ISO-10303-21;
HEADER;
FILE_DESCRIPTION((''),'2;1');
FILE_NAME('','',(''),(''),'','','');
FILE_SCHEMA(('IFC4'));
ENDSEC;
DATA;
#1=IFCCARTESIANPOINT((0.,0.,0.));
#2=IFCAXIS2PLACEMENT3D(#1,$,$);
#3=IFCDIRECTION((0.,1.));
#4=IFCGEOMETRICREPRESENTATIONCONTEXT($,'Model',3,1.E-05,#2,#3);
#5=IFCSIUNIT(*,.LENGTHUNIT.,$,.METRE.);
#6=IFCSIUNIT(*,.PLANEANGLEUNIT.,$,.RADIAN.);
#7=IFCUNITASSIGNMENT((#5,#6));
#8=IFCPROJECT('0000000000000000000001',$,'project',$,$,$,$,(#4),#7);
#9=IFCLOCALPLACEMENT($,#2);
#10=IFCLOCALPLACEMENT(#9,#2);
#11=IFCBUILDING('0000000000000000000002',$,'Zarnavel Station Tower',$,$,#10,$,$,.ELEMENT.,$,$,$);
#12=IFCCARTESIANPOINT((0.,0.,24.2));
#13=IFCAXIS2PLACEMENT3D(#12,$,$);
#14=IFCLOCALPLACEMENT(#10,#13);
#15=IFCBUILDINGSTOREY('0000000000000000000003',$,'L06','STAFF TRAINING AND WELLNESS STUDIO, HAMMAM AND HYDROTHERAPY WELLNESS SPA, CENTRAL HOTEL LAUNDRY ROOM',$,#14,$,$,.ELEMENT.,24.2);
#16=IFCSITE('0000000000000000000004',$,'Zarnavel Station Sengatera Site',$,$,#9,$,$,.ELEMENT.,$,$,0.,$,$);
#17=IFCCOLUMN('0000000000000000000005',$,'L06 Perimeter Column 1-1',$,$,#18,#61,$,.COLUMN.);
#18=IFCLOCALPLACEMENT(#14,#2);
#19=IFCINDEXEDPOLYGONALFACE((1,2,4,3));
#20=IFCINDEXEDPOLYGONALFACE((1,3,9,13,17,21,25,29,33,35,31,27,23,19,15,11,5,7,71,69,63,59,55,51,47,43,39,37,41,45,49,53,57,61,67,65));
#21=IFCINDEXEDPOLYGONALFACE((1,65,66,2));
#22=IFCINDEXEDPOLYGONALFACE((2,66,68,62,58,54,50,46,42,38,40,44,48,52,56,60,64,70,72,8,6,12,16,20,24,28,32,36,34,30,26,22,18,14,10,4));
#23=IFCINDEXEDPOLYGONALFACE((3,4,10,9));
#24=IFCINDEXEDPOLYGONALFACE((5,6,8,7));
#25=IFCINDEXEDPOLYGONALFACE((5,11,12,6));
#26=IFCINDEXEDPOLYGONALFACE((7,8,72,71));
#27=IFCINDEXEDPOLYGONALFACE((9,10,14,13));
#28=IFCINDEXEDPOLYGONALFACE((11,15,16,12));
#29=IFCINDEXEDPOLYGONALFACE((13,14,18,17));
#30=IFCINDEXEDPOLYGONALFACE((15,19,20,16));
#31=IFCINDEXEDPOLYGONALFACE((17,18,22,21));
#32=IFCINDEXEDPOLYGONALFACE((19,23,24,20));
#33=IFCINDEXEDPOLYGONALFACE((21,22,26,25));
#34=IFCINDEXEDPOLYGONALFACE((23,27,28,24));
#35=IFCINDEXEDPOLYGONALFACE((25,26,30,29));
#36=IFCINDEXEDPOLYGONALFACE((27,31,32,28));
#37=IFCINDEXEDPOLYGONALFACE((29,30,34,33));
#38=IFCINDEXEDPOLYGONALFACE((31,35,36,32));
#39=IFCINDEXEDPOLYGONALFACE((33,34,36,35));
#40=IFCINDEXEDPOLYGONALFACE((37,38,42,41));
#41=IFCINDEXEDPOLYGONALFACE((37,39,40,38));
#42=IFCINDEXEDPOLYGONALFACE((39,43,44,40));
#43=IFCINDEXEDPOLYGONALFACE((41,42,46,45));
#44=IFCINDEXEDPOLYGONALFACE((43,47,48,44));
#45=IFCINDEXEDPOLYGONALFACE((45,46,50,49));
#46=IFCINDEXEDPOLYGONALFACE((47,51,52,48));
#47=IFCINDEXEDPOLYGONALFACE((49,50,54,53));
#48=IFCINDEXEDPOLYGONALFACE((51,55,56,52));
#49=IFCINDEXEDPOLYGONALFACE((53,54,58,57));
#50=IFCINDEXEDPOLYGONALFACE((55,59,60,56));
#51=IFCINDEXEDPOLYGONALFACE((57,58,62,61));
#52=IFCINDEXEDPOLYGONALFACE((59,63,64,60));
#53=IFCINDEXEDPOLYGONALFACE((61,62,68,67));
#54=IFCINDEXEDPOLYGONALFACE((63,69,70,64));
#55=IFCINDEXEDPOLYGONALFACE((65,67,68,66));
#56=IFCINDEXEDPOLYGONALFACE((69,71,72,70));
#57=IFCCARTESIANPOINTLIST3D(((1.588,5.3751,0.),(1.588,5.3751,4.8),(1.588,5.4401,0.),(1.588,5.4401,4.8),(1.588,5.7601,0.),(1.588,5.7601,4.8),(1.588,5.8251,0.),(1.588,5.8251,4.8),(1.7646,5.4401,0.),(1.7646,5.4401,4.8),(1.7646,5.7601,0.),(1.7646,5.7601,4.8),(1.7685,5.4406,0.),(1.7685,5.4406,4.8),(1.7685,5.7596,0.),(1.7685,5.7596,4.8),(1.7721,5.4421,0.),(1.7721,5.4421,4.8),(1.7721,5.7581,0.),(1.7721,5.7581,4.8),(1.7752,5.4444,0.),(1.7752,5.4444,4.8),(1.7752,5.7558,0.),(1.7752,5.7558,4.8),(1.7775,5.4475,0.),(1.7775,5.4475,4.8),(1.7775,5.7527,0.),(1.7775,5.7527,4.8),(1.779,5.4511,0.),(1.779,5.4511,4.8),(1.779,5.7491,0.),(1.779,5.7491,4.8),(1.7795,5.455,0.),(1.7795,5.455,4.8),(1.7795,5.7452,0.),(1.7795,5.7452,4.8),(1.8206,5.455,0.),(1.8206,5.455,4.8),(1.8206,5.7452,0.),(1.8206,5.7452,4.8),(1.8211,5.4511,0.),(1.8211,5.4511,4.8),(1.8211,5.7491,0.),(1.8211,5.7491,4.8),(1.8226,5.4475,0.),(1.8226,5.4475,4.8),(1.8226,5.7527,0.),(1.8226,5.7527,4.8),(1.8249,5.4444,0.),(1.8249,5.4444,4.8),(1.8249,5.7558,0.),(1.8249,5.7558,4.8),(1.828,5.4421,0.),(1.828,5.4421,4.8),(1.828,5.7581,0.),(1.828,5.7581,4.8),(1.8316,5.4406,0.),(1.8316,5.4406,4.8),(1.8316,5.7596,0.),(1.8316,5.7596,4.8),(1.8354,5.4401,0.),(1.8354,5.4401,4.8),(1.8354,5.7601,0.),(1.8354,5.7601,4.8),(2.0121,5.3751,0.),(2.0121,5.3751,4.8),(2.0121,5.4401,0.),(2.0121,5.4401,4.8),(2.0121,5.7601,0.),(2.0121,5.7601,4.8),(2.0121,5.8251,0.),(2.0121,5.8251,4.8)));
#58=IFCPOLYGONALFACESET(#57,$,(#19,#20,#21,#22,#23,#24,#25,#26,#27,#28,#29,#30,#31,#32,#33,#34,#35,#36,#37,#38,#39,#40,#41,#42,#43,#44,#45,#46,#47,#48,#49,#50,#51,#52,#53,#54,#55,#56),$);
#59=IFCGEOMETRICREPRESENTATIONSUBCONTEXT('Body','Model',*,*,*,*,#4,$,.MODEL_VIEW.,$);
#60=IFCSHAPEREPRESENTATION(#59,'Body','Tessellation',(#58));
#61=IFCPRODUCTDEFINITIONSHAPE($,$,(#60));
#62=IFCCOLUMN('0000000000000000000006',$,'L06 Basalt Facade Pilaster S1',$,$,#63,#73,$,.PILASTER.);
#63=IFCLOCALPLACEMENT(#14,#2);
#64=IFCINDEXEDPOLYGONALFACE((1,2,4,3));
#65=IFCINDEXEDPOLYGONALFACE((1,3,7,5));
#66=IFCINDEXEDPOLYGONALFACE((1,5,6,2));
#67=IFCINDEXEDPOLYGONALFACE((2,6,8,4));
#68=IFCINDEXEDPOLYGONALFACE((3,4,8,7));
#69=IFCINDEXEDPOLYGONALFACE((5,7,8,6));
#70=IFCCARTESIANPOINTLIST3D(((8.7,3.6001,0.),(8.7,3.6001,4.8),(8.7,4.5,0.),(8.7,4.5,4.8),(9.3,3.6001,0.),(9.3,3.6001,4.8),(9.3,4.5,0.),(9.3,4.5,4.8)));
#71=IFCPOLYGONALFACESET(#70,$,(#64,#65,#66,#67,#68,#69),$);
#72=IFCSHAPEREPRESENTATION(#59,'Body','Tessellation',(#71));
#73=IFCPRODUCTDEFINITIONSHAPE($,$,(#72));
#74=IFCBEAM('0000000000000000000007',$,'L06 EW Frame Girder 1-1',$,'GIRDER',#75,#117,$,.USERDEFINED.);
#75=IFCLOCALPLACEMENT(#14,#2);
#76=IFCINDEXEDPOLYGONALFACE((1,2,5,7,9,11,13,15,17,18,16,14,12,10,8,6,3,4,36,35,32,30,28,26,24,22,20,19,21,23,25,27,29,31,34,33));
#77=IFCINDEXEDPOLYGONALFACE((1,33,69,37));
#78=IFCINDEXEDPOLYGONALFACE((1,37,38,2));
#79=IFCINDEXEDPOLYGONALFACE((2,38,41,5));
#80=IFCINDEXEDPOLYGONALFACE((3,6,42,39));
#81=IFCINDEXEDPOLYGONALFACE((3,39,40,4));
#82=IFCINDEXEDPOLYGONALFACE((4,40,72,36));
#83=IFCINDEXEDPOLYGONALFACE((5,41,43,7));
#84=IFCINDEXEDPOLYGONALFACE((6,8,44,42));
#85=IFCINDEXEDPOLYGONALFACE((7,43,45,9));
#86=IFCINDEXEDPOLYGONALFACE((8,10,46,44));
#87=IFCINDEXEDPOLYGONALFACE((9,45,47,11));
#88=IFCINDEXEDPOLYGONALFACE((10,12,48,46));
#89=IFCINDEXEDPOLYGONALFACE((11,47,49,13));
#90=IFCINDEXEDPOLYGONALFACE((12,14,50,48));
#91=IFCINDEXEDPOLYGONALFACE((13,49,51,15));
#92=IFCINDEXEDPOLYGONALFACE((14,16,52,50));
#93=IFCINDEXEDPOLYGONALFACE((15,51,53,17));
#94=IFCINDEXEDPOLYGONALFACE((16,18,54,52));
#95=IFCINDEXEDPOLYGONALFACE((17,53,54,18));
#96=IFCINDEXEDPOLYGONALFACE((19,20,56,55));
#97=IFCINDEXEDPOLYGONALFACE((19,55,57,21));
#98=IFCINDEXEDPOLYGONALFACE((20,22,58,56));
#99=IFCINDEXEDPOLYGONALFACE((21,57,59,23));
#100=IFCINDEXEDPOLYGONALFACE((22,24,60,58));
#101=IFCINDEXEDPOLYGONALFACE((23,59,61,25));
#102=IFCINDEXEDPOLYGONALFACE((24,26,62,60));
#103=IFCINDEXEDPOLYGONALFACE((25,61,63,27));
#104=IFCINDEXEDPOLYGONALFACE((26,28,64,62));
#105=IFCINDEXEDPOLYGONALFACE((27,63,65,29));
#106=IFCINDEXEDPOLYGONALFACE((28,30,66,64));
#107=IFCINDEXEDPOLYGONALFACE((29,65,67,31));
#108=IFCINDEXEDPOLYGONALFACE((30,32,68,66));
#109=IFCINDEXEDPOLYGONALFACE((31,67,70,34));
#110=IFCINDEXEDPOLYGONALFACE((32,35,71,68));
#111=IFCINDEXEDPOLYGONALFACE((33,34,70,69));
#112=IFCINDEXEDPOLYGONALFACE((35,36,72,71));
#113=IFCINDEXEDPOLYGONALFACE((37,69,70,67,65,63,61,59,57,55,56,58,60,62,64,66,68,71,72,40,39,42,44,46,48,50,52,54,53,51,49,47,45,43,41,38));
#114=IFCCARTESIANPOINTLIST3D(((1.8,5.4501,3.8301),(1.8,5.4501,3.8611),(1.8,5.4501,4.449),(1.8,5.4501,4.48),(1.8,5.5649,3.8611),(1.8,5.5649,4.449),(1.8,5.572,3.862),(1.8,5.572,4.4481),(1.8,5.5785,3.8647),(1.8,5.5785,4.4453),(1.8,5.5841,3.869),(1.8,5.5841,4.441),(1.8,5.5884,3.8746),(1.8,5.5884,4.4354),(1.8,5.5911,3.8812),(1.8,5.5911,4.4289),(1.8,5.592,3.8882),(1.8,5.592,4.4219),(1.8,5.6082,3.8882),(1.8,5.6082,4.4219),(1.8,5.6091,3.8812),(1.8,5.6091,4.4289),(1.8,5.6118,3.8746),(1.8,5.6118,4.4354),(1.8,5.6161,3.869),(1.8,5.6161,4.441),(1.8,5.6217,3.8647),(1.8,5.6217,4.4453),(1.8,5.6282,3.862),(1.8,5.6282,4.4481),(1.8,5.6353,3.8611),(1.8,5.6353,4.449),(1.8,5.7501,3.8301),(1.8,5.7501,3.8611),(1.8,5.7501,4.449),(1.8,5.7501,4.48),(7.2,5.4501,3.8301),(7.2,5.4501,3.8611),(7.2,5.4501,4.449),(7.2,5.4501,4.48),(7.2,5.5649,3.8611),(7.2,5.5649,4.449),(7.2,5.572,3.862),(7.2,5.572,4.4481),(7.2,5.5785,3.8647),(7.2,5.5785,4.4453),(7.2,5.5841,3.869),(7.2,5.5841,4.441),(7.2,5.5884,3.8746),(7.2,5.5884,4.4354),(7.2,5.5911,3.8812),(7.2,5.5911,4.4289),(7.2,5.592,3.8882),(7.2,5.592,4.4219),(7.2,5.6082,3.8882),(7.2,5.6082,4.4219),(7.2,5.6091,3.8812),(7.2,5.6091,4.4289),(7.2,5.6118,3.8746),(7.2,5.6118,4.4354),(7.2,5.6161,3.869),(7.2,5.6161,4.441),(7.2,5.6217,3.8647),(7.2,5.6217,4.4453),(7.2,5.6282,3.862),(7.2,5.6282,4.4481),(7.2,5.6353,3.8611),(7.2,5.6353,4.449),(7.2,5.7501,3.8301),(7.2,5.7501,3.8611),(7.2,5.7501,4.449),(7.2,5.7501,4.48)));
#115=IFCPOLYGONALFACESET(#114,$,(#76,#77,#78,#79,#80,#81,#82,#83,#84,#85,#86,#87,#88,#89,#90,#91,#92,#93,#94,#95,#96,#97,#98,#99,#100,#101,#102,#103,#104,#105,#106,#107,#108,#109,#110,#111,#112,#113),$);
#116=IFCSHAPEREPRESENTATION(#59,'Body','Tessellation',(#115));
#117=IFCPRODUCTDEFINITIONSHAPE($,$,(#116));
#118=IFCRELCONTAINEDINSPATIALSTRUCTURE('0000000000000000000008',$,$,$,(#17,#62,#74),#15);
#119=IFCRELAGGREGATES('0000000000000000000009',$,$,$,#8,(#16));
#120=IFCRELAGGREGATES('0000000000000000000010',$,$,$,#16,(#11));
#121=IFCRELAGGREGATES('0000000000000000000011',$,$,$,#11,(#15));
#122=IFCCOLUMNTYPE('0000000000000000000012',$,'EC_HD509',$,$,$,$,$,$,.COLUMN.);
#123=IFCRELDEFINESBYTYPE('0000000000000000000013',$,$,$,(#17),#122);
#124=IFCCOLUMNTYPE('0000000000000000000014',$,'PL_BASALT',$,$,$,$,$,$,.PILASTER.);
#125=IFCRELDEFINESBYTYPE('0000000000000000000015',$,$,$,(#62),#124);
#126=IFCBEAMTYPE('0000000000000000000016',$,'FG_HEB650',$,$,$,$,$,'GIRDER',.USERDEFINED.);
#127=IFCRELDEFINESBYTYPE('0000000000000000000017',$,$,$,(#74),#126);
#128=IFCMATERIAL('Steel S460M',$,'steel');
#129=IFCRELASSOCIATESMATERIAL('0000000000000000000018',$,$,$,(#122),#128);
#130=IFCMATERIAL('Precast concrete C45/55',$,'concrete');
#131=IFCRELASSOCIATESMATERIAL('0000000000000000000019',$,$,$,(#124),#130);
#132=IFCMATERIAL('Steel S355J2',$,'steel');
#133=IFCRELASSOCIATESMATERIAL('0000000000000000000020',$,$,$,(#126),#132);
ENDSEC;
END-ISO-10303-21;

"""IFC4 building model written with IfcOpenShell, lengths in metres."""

from ifc_helpers import new_model, si_unit, direction, frame, origin, origin_2d, place, context, subcontext, project, spatial, rectangle, i_section, extrude, material, material_profile, profile_set, type_object, element, save


model = new_model("IFC4")

# Units and contexts
model_context = context("Model", 3, precision=1e-05, world=origin(), true_north=direction((0.0, 1.0)))
body_context = subcontext(model_context, "Body", "Model", "MODEL_VIEW")
ifc_project = project(units=[si_unit("LENGTHUNIT", "METRE"), si_unit("PLANEANGLEUNIT", "RADIAN")], contexts=[model_context])

# Site, building, storey
site_placement = place(None, origin())
site = spatial("IfcSite", under=ifc_project, at=site_placement, Name="Zarnavel Station Sengatera Site", CompositionType="ELEMENT", RefElevation=0.0)
building_placement = place(site_placement, origin())
building = spatial("IfcBuilding", under=site, at=building_placement, Name="Zarnavel Station Tower", CompositionType="ELEMENT")
storey_placement = place(building_placement, frame((0.0, 0.0, 24.2)))
storey = spatial("IfcBuildingStorey", under=building, at=storey_placement, Name="L06", Description="STAFF TRAINING AND WELLNESS STUDIO, HAMMAM AND HYDROTHERAPY WELLNESS SPA, CENTRAL HOTEL LAUNDRY ROOM", CompositionType="ELEMENT", Elevation=24.2)

# Columns
ifc_material_1 = material(Name="Steel S460M", Category="steel")
ifc_material_profile_1 = material_profile(ifc_material_1, i_section(OverallWidth=0.4241, OverallDepth=0.45, WebThickness=0.041, FlangeThickness=0.0649, FilletRadius=0.0149, at=origin_2d()), Name="HD400x509")
ifc_profile_set_1 = profile_set([ifc_material_profile_1], Name="Steel S460M")
column_type_1 = type_object("IfcColumnType", Name="EC_HD509", PredefinedType="COLUMN", material=ifc_profile_set_1)
column_1_placement = place(storey_placement, frame((1.8, 5.6001, 0.0), z_axis=(0.0, 0.0, 1.0), x_axis=(1.0, 0.0, 0.0)))
element("IfcColumn", 1, at=column_1_placement, inside=storey, type_object=column_type_1, Name="L06 Perimeter Column 1-1", PredefinedType="COLUMN", context=body_context, shape_type="SweptSolid", body=[
    extrude(i_section(OverallWidth=0.4241, OverallDepth=0.45, WebThickness=0.041, FlangeThickness=0.0649, FilletRadius=0.0149, at=origin_2d()), origin(), (0.0, 0.0, 1.0), 4.8),
])
ifc_material_2 = material(Name="Precast concrete C45/55", Category="concrete")
ifc_material_profile_2 = material_profile(ifc_material_2, rectangle(XDim=0.6001, YDim=0.8999, at=origin_2d()), Name="RC600x900")
ifc_profile_set_2 = profile_set([ifc_material_profile_2], Name="Precast concrete C45/55")
column_type_2 = type_object("IfcColumnType", Name="PL_BASALT", PredefinedType="PILASTER", material=ifc_profile_set_2)
column_2_placement = place(storey_placement, frame((9.0, 4.05, 0.0), z_axis=(0.0, 0.0, 1.0), x_axis=(1.0, 0.0, 0.0)))
element("IfcColumn", 2, at=column_2_placement, inside=storey, type_object=column_type_2, Name="L06 Basalt Facade Pilaster S1", PredefinedType="PILASTER", context=body_context, shape_type="SweptSolid", body=[
    extrude(rectangle(XDim=0.6001, YDim=0.8999, at=origin_2d()), origin(), (0.0, 0.0, 1.0), 4.8),
])

# Beam
ifc_material_3 = material(Name="Steel S355J2", Category="steel")
ifc_material_profile_3 = material_profile(ifc_material_3, i_section(OverallWidth=0.3, OverallDepth=0.6499, WebThickness=0.0161, FlangeThickness=0.031, FilletRadius=0.0271, at=origin_2d()), Name="HEB650")
ifc_profile_set_3 = profile_set([ifc_material_profile_3], Name="Steel S355J2")
beam_type = type_object("IfcBeamType", Name="FG_HEB650", ElementType="GIRDER", PredefinedType="USERDEFINED", material=ifc_profile_set_3)
beam_placement = place(storey_placement, frame((1.8, 5.6001, 4.155), z_axis=(1.0, 0.0, 0.0), x_axis=(0.0, 1.0, 0.0)))
element("IfcBeam", 3, at=beam_placement, inside=storey, type_object=beam_type, Name="L06 EW Frame Girder 1-1", ObjectType="GIRDER", PredefinedType="USERDEFINED", context=body_context, shape_type="SweptSolid", body=[
    extrude(i_section(OverallWidth=0.3, OverallDepth=0.6499, WebThickness=0.0161, FlangeThickness=0.031, FilletRadius=0.0271, at=origin_2d()), origin(), (0.0, 0.0, 1.0), 5.3999),
])

save(model, "model.ifc")
